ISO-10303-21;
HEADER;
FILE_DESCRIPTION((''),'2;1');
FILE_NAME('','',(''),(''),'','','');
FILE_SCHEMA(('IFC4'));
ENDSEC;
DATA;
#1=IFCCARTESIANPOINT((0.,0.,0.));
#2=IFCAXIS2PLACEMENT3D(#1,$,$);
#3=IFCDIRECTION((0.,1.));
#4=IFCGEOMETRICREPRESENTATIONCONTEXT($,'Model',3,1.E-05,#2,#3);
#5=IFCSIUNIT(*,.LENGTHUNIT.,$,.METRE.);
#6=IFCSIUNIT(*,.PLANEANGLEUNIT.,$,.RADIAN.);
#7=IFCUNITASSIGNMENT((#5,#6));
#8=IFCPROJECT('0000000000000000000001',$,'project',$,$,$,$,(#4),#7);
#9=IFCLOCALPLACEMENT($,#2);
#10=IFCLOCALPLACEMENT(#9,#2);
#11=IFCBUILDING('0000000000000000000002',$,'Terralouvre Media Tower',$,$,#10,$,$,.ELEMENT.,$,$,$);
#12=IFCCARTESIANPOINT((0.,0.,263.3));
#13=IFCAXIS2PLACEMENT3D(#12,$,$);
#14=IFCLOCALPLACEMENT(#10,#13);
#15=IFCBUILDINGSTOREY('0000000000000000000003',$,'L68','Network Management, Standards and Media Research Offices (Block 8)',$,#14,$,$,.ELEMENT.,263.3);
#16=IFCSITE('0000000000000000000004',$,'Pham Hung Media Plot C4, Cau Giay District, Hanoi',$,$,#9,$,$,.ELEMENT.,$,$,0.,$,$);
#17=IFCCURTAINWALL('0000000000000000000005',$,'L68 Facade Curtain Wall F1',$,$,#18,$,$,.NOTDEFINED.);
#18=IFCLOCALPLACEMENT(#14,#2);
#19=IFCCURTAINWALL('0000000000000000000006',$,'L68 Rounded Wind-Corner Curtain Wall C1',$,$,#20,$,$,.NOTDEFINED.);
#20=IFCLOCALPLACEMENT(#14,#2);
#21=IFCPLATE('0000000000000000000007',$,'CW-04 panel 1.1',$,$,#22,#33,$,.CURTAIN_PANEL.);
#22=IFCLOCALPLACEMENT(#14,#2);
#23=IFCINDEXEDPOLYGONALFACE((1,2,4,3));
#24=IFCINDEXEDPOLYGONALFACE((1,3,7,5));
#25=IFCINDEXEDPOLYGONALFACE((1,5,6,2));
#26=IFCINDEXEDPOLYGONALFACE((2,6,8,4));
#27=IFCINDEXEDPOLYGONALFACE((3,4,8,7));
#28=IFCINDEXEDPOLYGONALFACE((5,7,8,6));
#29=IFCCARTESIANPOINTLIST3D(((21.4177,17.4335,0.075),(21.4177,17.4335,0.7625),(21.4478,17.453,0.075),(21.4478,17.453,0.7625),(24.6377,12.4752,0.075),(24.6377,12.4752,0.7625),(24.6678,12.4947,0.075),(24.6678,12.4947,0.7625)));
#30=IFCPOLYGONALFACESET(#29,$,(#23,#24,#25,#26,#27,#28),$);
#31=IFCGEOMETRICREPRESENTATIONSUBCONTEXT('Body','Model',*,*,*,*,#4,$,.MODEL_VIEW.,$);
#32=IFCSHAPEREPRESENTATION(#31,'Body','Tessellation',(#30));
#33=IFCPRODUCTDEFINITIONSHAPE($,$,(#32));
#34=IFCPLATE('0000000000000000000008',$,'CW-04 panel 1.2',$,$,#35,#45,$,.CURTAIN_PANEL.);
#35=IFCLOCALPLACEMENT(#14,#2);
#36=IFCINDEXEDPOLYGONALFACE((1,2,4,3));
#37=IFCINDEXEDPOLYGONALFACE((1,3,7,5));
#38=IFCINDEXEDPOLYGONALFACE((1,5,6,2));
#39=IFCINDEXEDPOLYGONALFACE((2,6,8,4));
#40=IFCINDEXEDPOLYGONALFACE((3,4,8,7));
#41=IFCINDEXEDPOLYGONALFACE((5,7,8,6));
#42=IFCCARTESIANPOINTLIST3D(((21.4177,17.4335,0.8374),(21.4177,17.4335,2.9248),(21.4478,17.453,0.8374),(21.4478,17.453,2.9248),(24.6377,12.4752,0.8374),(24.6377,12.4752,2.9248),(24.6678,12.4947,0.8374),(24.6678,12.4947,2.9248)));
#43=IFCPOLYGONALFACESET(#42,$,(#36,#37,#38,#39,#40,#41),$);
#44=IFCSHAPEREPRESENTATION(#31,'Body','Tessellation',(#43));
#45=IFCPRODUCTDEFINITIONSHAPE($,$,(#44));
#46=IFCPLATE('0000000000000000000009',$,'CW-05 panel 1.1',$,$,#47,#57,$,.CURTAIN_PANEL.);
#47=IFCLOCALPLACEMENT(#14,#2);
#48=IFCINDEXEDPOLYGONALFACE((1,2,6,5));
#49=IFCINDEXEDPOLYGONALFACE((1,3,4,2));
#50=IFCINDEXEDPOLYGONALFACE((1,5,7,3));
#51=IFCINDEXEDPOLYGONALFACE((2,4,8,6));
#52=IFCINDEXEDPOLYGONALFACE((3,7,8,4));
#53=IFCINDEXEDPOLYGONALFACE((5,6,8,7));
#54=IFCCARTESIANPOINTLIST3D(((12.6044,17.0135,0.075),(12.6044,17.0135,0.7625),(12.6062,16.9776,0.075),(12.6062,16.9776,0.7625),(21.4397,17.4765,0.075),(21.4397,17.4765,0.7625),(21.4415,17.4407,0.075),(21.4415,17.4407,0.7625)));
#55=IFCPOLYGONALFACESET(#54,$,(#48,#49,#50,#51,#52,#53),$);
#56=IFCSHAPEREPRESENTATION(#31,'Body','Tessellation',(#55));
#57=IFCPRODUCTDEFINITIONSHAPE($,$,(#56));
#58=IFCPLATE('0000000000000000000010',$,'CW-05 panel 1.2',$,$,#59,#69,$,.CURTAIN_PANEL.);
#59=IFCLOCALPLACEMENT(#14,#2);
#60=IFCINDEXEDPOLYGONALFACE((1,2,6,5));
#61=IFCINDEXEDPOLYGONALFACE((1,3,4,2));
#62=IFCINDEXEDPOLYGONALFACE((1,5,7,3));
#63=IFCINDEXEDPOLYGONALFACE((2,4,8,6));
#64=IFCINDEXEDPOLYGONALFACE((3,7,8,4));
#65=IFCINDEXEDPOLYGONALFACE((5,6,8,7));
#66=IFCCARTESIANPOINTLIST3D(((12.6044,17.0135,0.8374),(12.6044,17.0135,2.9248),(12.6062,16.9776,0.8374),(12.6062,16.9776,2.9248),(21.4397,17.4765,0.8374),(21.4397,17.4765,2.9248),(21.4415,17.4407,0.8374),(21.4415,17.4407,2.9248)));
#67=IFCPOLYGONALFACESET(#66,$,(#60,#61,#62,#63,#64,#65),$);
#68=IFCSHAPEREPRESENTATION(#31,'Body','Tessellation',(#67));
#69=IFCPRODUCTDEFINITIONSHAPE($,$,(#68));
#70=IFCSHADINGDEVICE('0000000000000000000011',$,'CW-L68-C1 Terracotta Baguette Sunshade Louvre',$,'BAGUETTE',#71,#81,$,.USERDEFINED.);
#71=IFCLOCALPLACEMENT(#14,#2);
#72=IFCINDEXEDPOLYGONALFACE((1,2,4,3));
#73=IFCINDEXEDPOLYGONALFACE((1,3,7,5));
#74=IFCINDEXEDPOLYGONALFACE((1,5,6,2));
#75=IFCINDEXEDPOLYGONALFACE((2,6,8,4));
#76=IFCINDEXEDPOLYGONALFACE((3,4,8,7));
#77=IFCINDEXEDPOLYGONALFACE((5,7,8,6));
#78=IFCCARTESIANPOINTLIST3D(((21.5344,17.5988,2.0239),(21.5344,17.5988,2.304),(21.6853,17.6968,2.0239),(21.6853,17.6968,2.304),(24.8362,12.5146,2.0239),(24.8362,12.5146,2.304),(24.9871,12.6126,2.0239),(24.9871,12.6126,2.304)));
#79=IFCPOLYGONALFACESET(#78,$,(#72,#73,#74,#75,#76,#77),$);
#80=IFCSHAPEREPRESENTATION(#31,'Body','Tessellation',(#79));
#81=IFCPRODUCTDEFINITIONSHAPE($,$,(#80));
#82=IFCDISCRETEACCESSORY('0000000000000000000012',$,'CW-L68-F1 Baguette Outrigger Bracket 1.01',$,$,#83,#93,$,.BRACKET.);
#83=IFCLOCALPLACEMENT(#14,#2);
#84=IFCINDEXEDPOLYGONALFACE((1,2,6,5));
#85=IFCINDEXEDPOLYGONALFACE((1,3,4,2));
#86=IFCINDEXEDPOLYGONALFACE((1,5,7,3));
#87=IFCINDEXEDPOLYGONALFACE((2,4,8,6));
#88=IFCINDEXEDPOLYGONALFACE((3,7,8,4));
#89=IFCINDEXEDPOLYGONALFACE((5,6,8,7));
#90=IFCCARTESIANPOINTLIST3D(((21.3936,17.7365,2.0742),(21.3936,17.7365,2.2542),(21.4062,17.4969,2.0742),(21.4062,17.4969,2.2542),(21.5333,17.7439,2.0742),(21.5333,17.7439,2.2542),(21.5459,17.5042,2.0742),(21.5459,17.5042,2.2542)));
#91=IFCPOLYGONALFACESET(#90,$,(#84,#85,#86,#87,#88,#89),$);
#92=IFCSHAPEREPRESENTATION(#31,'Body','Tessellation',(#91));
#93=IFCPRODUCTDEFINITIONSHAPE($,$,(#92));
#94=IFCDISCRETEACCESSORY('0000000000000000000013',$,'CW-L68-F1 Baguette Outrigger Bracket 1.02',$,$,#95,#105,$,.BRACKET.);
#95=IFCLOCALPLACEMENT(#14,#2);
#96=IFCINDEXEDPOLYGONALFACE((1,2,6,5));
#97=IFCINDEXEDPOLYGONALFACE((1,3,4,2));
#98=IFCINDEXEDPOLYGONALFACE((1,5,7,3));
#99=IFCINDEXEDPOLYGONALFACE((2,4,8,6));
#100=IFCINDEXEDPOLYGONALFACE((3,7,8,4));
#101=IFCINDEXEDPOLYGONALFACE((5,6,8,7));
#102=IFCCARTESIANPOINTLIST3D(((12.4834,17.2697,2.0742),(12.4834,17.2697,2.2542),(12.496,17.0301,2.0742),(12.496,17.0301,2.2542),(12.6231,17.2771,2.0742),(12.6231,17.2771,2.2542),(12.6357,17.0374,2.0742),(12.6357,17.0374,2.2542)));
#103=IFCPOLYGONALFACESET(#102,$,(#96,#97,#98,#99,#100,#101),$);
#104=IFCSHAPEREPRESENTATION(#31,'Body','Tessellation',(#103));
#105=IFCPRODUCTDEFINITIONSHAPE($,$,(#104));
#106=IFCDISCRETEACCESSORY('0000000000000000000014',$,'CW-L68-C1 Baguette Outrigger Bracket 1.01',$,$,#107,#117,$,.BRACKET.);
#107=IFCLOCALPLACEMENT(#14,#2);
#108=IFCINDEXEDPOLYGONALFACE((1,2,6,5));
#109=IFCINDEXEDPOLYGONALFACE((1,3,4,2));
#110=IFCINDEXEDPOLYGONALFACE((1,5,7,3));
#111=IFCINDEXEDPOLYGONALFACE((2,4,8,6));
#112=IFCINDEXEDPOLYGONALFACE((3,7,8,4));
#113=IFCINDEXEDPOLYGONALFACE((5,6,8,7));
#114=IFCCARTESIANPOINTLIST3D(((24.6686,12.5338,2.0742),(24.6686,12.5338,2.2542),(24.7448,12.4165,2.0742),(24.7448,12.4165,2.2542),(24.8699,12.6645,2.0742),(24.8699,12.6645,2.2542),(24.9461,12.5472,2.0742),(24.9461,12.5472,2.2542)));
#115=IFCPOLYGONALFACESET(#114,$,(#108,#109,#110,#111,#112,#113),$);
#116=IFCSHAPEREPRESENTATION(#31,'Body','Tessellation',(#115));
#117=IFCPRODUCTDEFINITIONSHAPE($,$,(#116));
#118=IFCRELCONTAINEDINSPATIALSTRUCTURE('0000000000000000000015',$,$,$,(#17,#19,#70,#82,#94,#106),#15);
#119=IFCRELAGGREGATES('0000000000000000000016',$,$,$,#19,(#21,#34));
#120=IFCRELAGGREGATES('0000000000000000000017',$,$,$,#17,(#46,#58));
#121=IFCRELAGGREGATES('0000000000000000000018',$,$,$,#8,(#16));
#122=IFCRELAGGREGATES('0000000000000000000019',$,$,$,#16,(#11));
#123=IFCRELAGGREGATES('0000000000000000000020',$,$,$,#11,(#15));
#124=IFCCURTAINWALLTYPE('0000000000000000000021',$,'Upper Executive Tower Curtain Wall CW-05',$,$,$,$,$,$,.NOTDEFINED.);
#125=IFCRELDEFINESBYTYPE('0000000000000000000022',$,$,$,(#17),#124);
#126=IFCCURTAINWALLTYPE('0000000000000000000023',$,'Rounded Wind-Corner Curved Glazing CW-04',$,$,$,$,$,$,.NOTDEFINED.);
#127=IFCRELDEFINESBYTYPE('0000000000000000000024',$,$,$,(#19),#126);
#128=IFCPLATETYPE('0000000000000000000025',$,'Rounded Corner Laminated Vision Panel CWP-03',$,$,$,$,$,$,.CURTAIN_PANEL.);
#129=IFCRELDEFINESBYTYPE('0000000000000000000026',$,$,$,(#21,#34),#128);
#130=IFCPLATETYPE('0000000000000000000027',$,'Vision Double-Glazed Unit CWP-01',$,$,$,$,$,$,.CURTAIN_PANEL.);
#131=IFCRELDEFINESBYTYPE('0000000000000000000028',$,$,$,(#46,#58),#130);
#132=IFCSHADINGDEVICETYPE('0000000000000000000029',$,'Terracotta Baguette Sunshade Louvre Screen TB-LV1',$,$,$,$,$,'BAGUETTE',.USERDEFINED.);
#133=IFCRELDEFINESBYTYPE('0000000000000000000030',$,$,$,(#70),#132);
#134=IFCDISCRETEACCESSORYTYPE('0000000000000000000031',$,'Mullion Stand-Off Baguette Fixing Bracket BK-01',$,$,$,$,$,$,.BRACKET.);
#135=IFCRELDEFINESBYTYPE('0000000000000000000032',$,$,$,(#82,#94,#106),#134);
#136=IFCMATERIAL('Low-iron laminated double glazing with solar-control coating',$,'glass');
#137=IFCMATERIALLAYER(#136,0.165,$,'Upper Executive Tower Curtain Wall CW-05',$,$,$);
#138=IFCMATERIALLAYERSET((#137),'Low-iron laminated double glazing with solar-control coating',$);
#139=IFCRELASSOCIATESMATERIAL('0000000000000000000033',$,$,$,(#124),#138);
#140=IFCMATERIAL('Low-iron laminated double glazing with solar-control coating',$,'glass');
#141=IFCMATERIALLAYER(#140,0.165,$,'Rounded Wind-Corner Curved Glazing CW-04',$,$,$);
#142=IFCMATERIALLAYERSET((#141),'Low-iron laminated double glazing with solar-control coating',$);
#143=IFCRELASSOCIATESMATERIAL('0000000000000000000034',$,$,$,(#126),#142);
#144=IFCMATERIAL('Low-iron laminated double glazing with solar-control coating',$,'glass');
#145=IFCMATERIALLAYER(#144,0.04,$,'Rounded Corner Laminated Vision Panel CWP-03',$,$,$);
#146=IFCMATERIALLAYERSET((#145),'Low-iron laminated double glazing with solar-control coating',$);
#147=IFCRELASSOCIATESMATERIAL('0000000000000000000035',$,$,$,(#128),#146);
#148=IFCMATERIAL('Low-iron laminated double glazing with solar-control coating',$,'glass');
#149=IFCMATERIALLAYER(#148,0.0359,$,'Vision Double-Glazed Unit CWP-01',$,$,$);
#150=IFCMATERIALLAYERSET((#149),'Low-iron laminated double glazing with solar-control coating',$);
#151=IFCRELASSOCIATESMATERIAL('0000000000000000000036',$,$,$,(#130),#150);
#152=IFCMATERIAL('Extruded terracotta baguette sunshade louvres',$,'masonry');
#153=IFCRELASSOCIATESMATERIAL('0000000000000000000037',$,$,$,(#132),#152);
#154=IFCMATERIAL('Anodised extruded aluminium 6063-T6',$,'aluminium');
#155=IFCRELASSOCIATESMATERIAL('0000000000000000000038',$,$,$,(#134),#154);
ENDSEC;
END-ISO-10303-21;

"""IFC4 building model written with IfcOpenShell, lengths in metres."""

from ifc_helpers import new_model, si_unit, direction, frame, origin, origin_2d, place, context, subcontext, project, spatial, rectangle, extrude, material, layer, layer_set, type_object, element, aggregate, save


model = new_model("IFC4")

# Units and contexts
model_context = context("Model", 3, precision=1e-05, world=origin(), true_north=direction((0.0, 1.0)))
body_context = subcontext(model_context, "Body", "Model", "MODEL_VIEW")
ifc_project = project(units=[si_unit("LENGTHUNIT", "METRE"), si_unit("PLANEANGLEUNIT", "RADIAN")], contexts=[model_context])

# Site, building, storey
site_placement = place(None, origin())
site = spatial("IfcSite", under=ifc_project, at=site_placement, Name="Pham Hung Media Plot C4, Cau Giay District, Hanoi", CompositionType="ELEMENT", RefElevation=0.0)
building_placement = place(site_placement, origin())
building = spatial("IfcBuilding", under=site, at=building_placement, Name="Terralouvre Media Tower", CompositionType="ELEMENT")
storey_placement = place(building_placement, frame((0.0, 0.0, 263.3)))
storey = spatial("IfcBuildingStorey", under=building, at=storey_placement, Name="L68", Description="Network Management, Standards and Media Research Offices (Block 8)", CompositionType="ELEMENT", Elevation=263.3)

# Curtain walls
ifc_material_1 = material(Name="Low-iron laminated double glazing with solar-control coating", Category="glass")
ifc_layer_1 = layer(ifc_material_1, 0.165, Name="Upper Executive Tower Curtain Wall CW-05")
ifc_layer_set_1 = layer_set([ifc_layer_1], Name="Low-iron laminated double glazing with solar-control coating")
curtain_wall_type_1 = type_object("IfcCurtainWallType", Name="Upper Executive Tower Curtain Wall CW-05", PredefinedType="NOTDEFINED", material=ifc_layer_set_1)
curtain_wall_1_placement = place(storey_placement, origin())
curtain_wall_1 = element("IfcCurtainWall", 1, at=curtain_wall_1_placement, inside=storey, type_object=curtain_wall_type_1, Name="L68 Facade Curtain Wall F1", PredefinedType="NOTDEFINED")
ifc_material_2 = material(Name="Low-iron laminated double glazing with solar-control coating", Category="glass")
ifc_layer_2 = layer(ifc_material_2, 0.165, Name="Rounded Wind-Corner Curved Glazing CW-04")
ifc_layer_set_2 = layer_set([ifc_layer_2], Name="Low-iron laminated double glazing with solar-control coating")
curtain_wall_type_2 = type_object("IfcCurtainWallType", Name="Rounded Wind-Corner Curved Glazing CW-04", PredefinedType="NOTDEFINED", material=ifc_layer_set_2)
curtain_wall_2_placement = place(storey_placement, origin())
curtain_wall_2 = element("IfcCurtainWall", 2, at=curtain_wall_2_placement, inside=storey, type_object=curtain_wall_type_2, Name="L68 Rounded Wind-Corner Curtain Wall C1", PredefinedType="NOTDEFINED")

# Plates
ifc_material_3 = material(Name="Low-iron laminated double glazing with solar-control coating", Category="glass")
ifc_layer_3 = layer(ifc_material_3, 0.04, Name="Rounded Corner Laminated Vision Panel CWP-03")
ifc_layer_set_3 = layer_set([ifc_layer_3], Name="Low-iron laminated double glazing with solar-control coating")
plate_type_1 = type_object("IfcPlateType", Name="Rounded Corner Laminated Vision Panel CWP-03", PredefinedType="CURTAIN_PANEL", material=ifc_layer_set_3)
plate_1_placement = place(storey_placement, frame((23.0427, 14.9641, 0.075), z_axis=(0.0, 0.0, 1.0), x_axis=(-0.544639, 0.83867, 0.0)))
plate_1 = element("IfcPlate", 3, at=plate_1_placement, type_object=plate_type_1, Name="CW-04 panel 1.1", PredefinedType="CURTAIN_PANEL", context=body_context, shape_type="SweptSolid", body=[
    extrude(rectangle(XDim=5.9121, YDim=0.0359, at=origin_2d()), origin(), (0.0, 0.0, 1.0), 0.6875),
])
plate_2_placement = place(storey_placement, frame((23.0427, 14.9641, 0.8374), z_axis=(0.0, 0.0, 1.0), x_axis=(-0.544639, 0.83867, 0.0)))
plate_2 = element("IfcPlate", 4, at=plate_2_placement, type_object=plate_type_1, Name="CW-04 panel 1.2", PredefinedType="CURTAIN_PANEL", context=body_context, shape_type="SweptSolid", body=[
    extrude(rectangle(XDim=5.9121, YDim=0.0359, at=origin_2d()), origin(), (0.0, 0.0, 1.0), 2.0874),
])
aggregate(curtain_wall_2, [plate_1, plate_2])
ifc_material_4 = material(Name="Low-iron laminated double glazing with solar-control coating", Category="glass")
ifc_layer_4 = layer(ifc_material_4, 0.0359, Name="Vision Double-Glazed Unit CWP-01")
ifc_layer_set_4 = layer_set([ifc_layer_4], Name="Low-iron laminated double glazing with solar-control coating")
plate_type_2 = type_object("IfcPlateType", Name="Vision Double-Glazed Unit CWP-01", PredefinedType="CURTAIN_PANEL", material=ifc_layer_set_4)
plate_3_placement = place(storey_placement, frame((17.0229, 17.2271, 0.075), z_axis=(0.0, 0.0, 1.0), x_axis=(-0.99863, -0.052336, 0.0)))
plate_3 = element("IfcPlate", 5, at=plate_3_placement, type_object=plate_type_2, Name="CW-05 panel 1.1", PredefinedType="CURTAIN_PANEL", context=body_context, shape_type="SweptSolid", body=[
    extrude(rectangle(XDim=8.8474, YDim=0.0359, at=origin_2d()), origin(), (0.0, 0.0, 1.0), 0.6875),
])
plate_4_placement = place(storey_placement, frame((17.0229, 17.2271, 0.8374), z_axis=(0.0, 0.0, 1.0), x_axis=(-0.99863, -0.052336, 0.0)))
plate_4 = element("IfcPlate", 6, at=plate_4_placement, type_object=plate_type_2, Name="CW-05 panel 1.2", PredefinedType="CURTAIN_PANEL", context=body_context, shape_type="SweptSolid", body=[
    extrude(rectangle(XDim=8.8474, YDim=0.0359, at=origin_2d()), origin(), (0.0, 0.0, 1.0), 2.0874),
])
aggregate(curtain_wall_1, [plate_3, plate_4])

# Shading device
ifc_material_5 = material(Name="Extruded terracotta baguette sunshade louvres", Category="masonry")
shading_device_type = type_object("IfcShadingDeviceType", Name="Terracotta Baguette Sunshade Louvre Screen TB-LV1", ElementType="BAGUETTE", PredefinedType="USERDEFINED", material=ifc_material_5)
shading_device_placement = place(storey_placement, frame((23.2607, 15.1057, 2.0239), z_axis=(0.0, 0.0, 1.0), x_axis=(-0.544639, 0.83867, 0.0)))
element("IfcShadingDevice", 7, at=shading_device_placement, inside=storey, type_object=shading_device_type, Name="CW-L68-C1 Terracotta Baguette Sunshade Louvre", ObjectType="BAGUETTE", PredefinedType="USERDEFINED", context=body_context, shape_type="SweptSolid", body=[
    extrude(rectangle(XDim=6.0623, YDim=0.1799, at=origin_2d()), origin(), (0.0, 0.0, 1.0), 0.28),
])

# Discrete accessories
ifc_material_6 = material(Name="Anodised extruded aluminium 6063-T6", Category="aluminium")
discrete_accessory_type = type_object("IfcDiscreteAccessoryType", Name="Mullion Stand-Off Baguette Fixing Bracket BK-01", PredefinedType="BRACKET", material=ifc_material_6)
for number, where, z_axis, x_axis, name in (
    (8, (21.4697, 17.6204, 2.0742), (0.0, 0.0, 1.0), (-0.99863, -0.052336, 0.0), "CW-L68-F1 Baguette Outrigger Bracket 1.01"),
    (9, (12.5596, 17.1536, 2.0742), (0.0, 0.0, 1.0), (-0.99863, -0.052336, 0.0), "CW-L68-F1 Baguette Outrigger Bracket 1.02"),
    (10, (24.8074, 12.5405, 2.0742), (0.0, 0.0, 1.0), (-0.544639, 0.83867, 0.0), "CW-L68-C1 Baguette Outrigger Bracket 1.01"),
):
    element("IfcDiscreteAccessory", number, at=place(storey_placement, frame(where, z_axis=z_axis, x_axis=x_axis)), inside=storey, type_object=discrete_accessory_type, Name=name, PredefinedType="BRACKET", context=body_context, shape_type="SweptSolid", body=[
        extrude(rectangle(XDim=0.1399, YDim=0.24, at=origin_2d()), origin(), (0.0, 0.0, 1.0), 0.1799),
    ])

save(model, "model.ifc")
